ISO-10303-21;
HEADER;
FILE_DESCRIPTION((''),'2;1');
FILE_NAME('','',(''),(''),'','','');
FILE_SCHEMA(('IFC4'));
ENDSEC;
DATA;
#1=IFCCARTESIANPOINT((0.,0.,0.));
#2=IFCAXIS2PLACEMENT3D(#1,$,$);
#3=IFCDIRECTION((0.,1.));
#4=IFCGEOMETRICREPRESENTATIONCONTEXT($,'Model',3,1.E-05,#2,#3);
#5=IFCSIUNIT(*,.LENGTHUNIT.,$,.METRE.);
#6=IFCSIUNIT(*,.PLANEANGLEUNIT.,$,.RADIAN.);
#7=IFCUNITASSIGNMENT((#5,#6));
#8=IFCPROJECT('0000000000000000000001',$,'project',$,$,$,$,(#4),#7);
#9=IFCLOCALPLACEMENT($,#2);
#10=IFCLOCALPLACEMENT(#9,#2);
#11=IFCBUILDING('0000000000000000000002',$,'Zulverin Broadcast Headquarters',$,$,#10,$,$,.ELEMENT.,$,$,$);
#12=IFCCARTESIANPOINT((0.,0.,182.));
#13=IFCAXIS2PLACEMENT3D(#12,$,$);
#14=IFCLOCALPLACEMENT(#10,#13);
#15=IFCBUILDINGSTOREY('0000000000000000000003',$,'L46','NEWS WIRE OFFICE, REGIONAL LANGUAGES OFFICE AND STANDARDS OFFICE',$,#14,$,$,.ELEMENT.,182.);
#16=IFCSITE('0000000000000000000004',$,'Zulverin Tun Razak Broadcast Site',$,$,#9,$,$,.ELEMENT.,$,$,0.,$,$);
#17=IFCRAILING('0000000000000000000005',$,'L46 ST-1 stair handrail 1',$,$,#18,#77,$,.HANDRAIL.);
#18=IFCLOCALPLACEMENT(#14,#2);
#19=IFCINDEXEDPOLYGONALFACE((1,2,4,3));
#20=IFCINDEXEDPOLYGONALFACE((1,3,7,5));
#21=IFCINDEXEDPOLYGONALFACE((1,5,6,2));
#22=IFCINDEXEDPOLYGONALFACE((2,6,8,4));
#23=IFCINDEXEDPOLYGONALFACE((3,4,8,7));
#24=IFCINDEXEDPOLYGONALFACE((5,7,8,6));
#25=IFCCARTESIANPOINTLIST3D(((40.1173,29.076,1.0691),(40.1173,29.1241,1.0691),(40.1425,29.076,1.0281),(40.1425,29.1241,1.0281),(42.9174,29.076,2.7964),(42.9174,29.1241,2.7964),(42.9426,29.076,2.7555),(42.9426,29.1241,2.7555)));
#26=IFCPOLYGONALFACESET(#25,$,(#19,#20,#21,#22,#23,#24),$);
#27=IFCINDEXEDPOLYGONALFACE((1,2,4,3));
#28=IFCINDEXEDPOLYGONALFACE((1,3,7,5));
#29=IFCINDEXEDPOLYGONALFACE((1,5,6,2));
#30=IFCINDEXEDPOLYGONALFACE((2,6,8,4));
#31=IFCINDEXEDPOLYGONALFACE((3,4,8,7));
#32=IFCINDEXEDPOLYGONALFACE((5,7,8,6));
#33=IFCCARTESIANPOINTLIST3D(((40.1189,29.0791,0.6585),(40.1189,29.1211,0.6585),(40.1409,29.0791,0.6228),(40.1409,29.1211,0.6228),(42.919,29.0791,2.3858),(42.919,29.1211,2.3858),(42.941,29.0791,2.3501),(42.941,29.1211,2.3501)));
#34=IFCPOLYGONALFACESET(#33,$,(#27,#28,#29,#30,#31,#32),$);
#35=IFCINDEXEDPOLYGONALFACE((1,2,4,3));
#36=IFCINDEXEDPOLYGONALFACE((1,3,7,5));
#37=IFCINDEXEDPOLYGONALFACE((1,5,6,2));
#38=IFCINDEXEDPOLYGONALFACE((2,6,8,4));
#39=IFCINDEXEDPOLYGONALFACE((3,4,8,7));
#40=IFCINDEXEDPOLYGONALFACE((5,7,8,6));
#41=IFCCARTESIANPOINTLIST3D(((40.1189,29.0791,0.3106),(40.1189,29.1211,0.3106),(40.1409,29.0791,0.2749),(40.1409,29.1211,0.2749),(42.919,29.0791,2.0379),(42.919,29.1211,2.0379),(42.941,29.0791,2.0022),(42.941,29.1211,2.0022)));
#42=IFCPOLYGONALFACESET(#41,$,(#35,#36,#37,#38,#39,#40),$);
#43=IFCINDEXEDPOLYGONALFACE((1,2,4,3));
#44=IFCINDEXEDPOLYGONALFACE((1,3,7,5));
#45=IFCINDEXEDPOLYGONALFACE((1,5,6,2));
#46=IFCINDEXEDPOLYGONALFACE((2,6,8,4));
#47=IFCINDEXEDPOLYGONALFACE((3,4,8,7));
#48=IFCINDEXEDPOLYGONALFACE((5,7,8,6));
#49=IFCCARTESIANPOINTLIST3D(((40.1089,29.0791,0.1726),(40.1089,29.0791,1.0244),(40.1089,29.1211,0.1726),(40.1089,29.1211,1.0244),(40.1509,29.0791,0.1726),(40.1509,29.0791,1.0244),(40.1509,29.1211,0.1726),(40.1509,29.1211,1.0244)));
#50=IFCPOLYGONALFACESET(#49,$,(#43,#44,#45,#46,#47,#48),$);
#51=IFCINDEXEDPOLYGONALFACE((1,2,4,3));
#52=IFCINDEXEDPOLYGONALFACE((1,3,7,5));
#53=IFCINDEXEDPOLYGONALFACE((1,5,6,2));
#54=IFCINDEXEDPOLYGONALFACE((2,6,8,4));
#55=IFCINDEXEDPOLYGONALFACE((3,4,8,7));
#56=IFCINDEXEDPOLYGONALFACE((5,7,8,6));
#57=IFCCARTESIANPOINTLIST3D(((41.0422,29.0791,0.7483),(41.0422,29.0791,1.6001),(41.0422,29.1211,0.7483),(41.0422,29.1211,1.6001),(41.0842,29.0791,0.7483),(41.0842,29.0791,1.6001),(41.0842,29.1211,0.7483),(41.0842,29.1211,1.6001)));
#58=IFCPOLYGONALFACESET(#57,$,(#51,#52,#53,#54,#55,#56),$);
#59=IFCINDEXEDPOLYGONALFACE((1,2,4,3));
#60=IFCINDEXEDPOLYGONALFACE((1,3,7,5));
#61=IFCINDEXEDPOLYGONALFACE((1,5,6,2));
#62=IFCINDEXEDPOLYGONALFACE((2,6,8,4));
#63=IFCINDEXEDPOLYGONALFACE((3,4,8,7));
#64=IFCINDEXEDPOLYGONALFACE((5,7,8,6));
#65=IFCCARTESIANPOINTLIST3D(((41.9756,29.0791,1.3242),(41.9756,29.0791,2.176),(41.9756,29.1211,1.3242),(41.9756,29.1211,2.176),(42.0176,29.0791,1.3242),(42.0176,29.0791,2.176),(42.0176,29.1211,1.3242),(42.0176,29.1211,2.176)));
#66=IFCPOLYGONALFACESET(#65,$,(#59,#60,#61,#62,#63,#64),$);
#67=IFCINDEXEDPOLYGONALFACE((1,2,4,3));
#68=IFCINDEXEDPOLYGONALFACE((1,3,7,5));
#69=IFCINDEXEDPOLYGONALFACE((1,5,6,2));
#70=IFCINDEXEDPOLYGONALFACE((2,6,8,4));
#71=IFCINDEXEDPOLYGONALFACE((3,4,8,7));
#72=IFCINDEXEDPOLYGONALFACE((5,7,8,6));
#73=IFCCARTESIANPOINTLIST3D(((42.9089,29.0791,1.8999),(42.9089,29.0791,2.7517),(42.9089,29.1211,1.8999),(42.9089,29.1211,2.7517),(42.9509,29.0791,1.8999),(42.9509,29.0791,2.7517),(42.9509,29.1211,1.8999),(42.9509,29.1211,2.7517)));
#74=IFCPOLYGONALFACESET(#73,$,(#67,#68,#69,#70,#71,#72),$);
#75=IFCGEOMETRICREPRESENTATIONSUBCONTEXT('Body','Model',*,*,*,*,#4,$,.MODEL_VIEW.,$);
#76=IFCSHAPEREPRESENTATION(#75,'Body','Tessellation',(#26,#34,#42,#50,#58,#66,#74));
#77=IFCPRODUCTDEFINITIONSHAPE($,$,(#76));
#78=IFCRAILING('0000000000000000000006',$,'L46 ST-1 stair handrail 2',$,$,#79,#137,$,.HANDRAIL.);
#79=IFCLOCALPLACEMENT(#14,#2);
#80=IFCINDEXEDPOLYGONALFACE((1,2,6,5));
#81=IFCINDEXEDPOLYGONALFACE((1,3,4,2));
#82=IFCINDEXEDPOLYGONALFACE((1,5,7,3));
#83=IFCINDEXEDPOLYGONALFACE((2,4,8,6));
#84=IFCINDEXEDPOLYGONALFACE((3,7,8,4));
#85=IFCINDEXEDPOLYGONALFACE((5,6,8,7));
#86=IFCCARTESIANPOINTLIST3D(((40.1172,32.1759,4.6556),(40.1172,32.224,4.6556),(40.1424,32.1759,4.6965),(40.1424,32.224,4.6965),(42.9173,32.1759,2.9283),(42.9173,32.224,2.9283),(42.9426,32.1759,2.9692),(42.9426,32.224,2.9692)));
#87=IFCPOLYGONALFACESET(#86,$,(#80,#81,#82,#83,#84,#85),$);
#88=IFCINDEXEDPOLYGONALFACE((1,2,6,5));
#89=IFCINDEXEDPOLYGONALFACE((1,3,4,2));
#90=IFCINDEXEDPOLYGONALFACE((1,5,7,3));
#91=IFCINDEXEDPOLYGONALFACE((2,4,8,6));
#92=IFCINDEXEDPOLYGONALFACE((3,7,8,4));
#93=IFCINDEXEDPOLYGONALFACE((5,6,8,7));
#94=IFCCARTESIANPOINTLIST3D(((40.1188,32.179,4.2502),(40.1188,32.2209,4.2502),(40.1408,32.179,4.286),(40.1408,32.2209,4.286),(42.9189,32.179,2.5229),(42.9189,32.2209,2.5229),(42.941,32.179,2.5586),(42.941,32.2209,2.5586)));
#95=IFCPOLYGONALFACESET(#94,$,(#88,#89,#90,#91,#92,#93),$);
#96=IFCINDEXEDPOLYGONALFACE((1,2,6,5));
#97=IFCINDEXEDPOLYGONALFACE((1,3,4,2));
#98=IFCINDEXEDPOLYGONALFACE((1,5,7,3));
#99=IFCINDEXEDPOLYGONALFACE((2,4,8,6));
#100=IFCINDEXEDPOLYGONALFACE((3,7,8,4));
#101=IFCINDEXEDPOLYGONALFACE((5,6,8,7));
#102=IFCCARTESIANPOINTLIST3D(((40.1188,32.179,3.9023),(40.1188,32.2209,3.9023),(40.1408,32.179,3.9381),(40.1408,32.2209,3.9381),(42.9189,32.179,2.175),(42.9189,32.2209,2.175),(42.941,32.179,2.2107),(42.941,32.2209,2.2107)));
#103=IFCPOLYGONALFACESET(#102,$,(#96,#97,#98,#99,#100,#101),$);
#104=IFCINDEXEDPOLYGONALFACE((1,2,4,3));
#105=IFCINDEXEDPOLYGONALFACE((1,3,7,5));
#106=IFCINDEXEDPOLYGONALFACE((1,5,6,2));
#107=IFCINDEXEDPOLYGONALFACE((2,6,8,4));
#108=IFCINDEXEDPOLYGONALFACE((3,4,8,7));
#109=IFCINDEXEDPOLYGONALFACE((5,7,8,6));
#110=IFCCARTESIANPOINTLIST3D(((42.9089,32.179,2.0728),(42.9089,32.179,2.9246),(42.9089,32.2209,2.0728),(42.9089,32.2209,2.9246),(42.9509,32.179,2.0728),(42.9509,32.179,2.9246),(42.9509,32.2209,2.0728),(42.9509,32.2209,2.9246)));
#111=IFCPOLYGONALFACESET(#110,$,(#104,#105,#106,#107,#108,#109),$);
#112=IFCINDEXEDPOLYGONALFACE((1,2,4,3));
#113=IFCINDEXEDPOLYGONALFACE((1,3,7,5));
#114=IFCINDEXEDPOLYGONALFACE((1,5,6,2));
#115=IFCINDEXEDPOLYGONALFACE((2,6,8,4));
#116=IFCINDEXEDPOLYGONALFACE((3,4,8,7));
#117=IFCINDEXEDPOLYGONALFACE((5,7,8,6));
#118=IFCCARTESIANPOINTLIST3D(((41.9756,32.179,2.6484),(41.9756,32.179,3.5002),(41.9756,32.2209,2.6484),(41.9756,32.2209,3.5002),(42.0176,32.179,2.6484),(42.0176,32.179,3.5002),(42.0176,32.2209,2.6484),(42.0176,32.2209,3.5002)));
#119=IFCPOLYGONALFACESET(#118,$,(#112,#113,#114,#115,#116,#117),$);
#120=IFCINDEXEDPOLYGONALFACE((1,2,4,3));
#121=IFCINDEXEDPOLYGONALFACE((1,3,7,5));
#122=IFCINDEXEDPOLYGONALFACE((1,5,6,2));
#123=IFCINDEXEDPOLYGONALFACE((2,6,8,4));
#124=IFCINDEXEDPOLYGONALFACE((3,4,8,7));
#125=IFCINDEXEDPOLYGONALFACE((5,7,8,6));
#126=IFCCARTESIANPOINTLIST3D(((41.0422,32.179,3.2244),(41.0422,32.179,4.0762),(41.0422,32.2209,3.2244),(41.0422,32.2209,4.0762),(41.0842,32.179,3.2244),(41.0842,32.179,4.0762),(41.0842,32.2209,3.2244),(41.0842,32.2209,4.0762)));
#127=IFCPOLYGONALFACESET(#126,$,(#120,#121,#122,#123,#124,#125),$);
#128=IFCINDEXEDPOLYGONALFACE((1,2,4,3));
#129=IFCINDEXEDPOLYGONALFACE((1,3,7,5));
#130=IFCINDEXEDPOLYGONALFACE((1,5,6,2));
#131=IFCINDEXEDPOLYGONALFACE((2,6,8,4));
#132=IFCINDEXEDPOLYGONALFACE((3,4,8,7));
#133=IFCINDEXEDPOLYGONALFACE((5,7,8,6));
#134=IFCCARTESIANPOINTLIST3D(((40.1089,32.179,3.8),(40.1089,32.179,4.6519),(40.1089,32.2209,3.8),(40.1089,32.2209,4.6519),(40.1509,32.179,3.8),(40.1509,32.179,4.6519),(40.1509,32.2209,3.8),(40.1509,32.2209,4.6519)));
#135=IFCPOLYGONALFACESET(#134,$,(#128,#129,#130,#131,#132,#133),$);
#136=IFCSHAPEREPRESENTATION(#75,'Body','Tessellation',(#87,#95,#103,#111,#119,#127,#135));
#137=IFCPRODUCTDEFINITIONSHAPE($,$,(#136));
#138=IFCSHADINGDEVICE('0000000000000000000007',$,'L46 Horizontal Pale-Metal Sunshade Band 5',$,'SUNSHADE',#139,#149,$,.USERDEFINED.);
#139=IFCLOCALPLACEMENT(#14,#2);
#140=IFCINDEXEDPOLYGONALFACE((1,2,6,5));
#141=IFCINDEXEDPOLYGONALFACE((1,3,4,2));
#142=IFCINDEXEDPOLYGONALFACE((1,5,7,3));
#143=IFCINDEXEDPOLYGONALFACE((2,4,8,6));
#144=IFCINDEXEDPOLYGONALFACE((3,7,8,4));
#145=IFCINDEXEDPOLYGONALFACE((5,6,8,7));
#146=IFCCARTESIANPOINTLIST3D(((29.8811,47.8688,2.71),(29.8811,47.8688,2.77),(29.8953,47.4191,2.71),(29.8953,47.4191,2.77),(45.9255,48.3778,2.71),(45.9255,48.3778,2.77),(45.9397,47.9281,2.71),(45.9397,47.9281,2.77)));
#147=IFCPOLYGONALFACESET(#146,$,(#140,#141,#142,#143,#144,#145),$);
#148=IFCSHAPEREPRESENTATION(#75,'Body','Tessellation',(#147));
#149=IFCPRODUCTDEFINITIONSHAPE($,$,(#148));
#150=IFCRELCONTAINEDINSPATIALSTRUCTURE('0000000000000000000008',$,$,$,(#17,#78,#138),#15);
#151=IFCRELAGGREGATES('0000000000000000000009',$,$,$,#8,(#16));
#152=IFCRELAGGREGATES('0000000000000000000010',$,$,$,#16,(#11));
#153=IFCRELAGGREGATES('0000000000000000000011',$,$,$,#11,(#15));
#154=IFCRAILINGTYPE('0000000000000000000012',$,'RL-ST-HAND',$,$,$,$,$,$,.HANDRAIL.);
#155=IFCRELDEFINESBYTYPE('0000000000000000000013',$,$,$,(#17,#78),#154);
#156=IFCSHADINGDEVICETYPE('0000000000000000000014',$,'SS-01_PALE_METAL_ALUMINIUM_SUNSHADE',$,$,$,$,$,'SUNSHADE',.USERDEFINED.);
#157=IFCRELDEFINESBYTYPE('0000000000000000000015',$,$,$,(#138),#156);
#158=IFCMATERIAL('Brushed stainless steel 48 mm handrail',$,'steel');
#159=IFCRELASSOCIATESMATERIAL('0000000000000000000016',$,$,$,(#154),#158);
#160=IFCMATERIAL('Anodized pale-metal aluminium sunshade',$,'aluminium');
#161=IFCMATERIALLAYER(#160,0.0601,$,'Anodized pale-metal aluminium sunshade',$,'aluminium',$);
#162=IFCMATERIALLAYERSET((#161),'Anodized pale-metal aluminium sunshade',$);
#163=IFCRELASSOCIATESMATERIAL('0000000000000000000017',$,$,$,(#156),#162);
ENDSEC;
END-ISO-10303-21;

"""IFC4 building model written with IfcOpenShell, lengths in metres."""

from ifc_helpers import new_model, si_unit, direction, frame, origin, origin_2d, place, context, subcontext, project, spatial, rectangle, extrude, material, layer, layer_set, type_object, element, save


model = new_model("IFC4")

# Units and contexts
model_context = context("Model", 3, precision=1e-05, world=origin(), true_north=direction((0.0, 1.0)))
body_context = subcontext(model_context, "Body", "Model", "MODEL_VIEW")
ifc_project = project(units=[si_unit("LENGTHUNIT", "METRE"), si_unit("PLANEANGLEUNIT", "RADIAN")], contexts=[model_context])

# Site, building, storey
site_placement = place(None, origin())
site = spatial("IfcSite", under=ifc_project, at=site_placement, Name="Zulverin Tun Razak Broadcast Site", CompositionType="ELEMENT", RefElevation=0.0)
building_placement = place(site_placement, origin())
building = spatial("IfcBuilding", under=site, at=building_placement, Name="Zulverin Broadcast Headquarters", CompositionType="ELEMENT")
storey_placement = place(building_placement, frame((0.0, 0.0, 182.0)))
storey = spatial("IfcBuildingStorey", under=building, at=storey_placement, Name="L46", Description="NEWS WIRE OFFICE, REGIONAL LANGUAGES OFFICE AND STANDARDS OFFICE", CompositionType="ELEMENT", Elevation=182.0)

# Railings
ifc_material_1 = material(Name="Brushed stainless steel 48 mm handrail", Category="steel")
railing_type_1 = type_object("IfcRailingType", Name="RL-ST-HAND", PredefinedType="HANDRAIL", material=ifc_material_1)
railing_1_placement = place(storey_placement, frame((40.1299, 29.1001, 0.1726)))
element("IfcRailing", 1, at=railing_1_placement, inside=storey, type_object=railing_type_1, Name="L46 ST-1 stair handrail 1", PredefinedType="HANDRAIL", context=body_context, shape_type="SweptSolid", body=[
    extrude(rectangle(XDim=0.0481, YDim=0.0481, at=origin_2d()), frame((0.0, 0.0, 0.876), z_axis=(0.85109, 0.0, 0.52502), x_axis=(0.0, 1.0, 0.0)), (0.0, 0.0, 1.0), 3.29),
    extrude(rectangle(XDim=0.042, YDim=0.042, at=origin_2d()), frame((0.0, 0.0, 0.468), z_axis=(0.85109, 0.0, 0.52502), x_axis=(0.0, 1.0, 0.0)), (0.0, 0.0, 1.0), 3.29),
    extrude(rectangle(XDim=0.042, YDim=0.042, at=origin_2d()), frame((0.0, 0.0, 0.1201), z_axis=(0.85109, 0.0, 0.52502), x_axis=(0.0, 1.0, 0.0)), (0.0, 0.0, 1.0), 3.29),
    extrude(rectangle(XDim=0.042, YDim=0.042, at=origin_2d()), origin(), (0.0, 0.0, 1.0), 0.8518),
    extrude(rectangle(XDim=0.042, YDim=0.042, at=origin_2d()), frame((0.9333, 0.0, 0.5757)), (0.0, 0.0, 1.0), 0.8518),
    extrude(rectangle(XDim=0.042, YDim=0.042, at=origin_2d()), frame((1.8667, 0.0, 1.1516)), (0.0, 0.0, 1.0), 0.8518),
    extrude(rectangle(XDim=0.042, YDim=0.042, at=origin_2d()), frame((2.8, 0.0, 1.7273)), (0.0, 0.0, 1.0), 0.8518),
])
railing_2_placement = place(storey_placement, frame((42.9299, 32.2, 2.0728)))
element("IfcRailing", 2, at=railing_2_placement, inside=storey, type_object=railing_type_1, Name="L46 ST-1 stair handrail 2", PredefinedType="HANDRAIL", context=body_context, shape_type="SweptSolid", body=[
    extrude(rectangle(XDim=0.0481, YDim=0.0481, at=origin_2d()), frame((0.0, 0.0, 0.876), z_axis=(-0.85109, 0.0, 0.52502), x_axis=(0.0, -1.0, 0.0)), (0.0, 0.0, 1.0), 3.29),
    extrude(rectangle(XDim=0.042, YDim=0.042, at=origin_2d()), frame((0.0, 0.0, 0.468), z_axis=(-0.85109, 0.0, 0.52502), x_axis=(0.0, -1.0, 0.0)), (0.0, 0.0, 1.0), 3.29),
    extrude(rectangle(XDim=0.042, YDim=0.042, at=origin_2d()), frame((0.0, 0.0, 0.1201), z_axis=(-0.85109, 0.0, 0.52502), x_axis=(0.0, -1.0, 0.0)), (0.0, 0.0, 1.0), 3.29),
    extrude(rectangle(XDim=0.042, YDim=0.042, at=origin_2d()), origin(), (0.0, 0.0, 1.0), 0.8518),
    extrude(rectangle(XDim=0.042, YDim=0.042, at=origin_2d()), frame((-0.9333, 0.0, 0.5757)), (0.0, 0.0, 1.0), 0.8518),
    extrude(rectangle(XDim=0.042, YDim=0.042, at=origin_2d()), frame((-1.8667, 0.0, 1.1516)), (0.0, 0.0, 1.0), 0.8518),
    extrude(rectangle(XDim=0.042, YDim=0.042, at=origin_2d()), frame((-2.8, 0.0, 1.7273)), (0.0, 0.0, 1.0), 0.8518),
])

# Shading device
ifc_material_2 = material(Name="Anodized pale-metal aluminium sunshade", Category="aluminium")
ifc_layer_1 = layer(ifc_material_2, 0.0601, Name="Anodized pale-metal aluminium sunshade", Category="aluminium")
ifc_layer_set_1 = layer_set([ifc_layer_1], Name="Anodized pale-metal aluminium sunshade")
shading_device_type = type_object("IfcShadingDeviceType", Name="SS-01_PALE_METAL_ALUMINIUM_SUNSHADE", ElementType="SUNSHADE", PredefinedType="USERDEFINED", material=ifc_layer_set_1)
shading_device_placement = place(storey_placement, frame((37.9104, 47.8984, 2.71), z_axis=(0.0, 0.0, 1.0), x_axis=(-0.999497, -0.031709, 0.0)))
element("IfcShadingDevice", 3, at=shading_device_placement, inside=storey, type_object=shading_device_type, Name="L46 Horizontal Pale-Metal Sunshade Band 5", ObjectType="SUNSHADE", PredefinedType="USERDEFINED", context=body_context, shape_type="SweptSolid", body=[
    extrude(rectangle(XDim=16.0525, YDim=0.45, at=origin_2d()), origin(), (0.0, 0.0, 1.0), 0.0601),
])

save(model, "model.ifc")
